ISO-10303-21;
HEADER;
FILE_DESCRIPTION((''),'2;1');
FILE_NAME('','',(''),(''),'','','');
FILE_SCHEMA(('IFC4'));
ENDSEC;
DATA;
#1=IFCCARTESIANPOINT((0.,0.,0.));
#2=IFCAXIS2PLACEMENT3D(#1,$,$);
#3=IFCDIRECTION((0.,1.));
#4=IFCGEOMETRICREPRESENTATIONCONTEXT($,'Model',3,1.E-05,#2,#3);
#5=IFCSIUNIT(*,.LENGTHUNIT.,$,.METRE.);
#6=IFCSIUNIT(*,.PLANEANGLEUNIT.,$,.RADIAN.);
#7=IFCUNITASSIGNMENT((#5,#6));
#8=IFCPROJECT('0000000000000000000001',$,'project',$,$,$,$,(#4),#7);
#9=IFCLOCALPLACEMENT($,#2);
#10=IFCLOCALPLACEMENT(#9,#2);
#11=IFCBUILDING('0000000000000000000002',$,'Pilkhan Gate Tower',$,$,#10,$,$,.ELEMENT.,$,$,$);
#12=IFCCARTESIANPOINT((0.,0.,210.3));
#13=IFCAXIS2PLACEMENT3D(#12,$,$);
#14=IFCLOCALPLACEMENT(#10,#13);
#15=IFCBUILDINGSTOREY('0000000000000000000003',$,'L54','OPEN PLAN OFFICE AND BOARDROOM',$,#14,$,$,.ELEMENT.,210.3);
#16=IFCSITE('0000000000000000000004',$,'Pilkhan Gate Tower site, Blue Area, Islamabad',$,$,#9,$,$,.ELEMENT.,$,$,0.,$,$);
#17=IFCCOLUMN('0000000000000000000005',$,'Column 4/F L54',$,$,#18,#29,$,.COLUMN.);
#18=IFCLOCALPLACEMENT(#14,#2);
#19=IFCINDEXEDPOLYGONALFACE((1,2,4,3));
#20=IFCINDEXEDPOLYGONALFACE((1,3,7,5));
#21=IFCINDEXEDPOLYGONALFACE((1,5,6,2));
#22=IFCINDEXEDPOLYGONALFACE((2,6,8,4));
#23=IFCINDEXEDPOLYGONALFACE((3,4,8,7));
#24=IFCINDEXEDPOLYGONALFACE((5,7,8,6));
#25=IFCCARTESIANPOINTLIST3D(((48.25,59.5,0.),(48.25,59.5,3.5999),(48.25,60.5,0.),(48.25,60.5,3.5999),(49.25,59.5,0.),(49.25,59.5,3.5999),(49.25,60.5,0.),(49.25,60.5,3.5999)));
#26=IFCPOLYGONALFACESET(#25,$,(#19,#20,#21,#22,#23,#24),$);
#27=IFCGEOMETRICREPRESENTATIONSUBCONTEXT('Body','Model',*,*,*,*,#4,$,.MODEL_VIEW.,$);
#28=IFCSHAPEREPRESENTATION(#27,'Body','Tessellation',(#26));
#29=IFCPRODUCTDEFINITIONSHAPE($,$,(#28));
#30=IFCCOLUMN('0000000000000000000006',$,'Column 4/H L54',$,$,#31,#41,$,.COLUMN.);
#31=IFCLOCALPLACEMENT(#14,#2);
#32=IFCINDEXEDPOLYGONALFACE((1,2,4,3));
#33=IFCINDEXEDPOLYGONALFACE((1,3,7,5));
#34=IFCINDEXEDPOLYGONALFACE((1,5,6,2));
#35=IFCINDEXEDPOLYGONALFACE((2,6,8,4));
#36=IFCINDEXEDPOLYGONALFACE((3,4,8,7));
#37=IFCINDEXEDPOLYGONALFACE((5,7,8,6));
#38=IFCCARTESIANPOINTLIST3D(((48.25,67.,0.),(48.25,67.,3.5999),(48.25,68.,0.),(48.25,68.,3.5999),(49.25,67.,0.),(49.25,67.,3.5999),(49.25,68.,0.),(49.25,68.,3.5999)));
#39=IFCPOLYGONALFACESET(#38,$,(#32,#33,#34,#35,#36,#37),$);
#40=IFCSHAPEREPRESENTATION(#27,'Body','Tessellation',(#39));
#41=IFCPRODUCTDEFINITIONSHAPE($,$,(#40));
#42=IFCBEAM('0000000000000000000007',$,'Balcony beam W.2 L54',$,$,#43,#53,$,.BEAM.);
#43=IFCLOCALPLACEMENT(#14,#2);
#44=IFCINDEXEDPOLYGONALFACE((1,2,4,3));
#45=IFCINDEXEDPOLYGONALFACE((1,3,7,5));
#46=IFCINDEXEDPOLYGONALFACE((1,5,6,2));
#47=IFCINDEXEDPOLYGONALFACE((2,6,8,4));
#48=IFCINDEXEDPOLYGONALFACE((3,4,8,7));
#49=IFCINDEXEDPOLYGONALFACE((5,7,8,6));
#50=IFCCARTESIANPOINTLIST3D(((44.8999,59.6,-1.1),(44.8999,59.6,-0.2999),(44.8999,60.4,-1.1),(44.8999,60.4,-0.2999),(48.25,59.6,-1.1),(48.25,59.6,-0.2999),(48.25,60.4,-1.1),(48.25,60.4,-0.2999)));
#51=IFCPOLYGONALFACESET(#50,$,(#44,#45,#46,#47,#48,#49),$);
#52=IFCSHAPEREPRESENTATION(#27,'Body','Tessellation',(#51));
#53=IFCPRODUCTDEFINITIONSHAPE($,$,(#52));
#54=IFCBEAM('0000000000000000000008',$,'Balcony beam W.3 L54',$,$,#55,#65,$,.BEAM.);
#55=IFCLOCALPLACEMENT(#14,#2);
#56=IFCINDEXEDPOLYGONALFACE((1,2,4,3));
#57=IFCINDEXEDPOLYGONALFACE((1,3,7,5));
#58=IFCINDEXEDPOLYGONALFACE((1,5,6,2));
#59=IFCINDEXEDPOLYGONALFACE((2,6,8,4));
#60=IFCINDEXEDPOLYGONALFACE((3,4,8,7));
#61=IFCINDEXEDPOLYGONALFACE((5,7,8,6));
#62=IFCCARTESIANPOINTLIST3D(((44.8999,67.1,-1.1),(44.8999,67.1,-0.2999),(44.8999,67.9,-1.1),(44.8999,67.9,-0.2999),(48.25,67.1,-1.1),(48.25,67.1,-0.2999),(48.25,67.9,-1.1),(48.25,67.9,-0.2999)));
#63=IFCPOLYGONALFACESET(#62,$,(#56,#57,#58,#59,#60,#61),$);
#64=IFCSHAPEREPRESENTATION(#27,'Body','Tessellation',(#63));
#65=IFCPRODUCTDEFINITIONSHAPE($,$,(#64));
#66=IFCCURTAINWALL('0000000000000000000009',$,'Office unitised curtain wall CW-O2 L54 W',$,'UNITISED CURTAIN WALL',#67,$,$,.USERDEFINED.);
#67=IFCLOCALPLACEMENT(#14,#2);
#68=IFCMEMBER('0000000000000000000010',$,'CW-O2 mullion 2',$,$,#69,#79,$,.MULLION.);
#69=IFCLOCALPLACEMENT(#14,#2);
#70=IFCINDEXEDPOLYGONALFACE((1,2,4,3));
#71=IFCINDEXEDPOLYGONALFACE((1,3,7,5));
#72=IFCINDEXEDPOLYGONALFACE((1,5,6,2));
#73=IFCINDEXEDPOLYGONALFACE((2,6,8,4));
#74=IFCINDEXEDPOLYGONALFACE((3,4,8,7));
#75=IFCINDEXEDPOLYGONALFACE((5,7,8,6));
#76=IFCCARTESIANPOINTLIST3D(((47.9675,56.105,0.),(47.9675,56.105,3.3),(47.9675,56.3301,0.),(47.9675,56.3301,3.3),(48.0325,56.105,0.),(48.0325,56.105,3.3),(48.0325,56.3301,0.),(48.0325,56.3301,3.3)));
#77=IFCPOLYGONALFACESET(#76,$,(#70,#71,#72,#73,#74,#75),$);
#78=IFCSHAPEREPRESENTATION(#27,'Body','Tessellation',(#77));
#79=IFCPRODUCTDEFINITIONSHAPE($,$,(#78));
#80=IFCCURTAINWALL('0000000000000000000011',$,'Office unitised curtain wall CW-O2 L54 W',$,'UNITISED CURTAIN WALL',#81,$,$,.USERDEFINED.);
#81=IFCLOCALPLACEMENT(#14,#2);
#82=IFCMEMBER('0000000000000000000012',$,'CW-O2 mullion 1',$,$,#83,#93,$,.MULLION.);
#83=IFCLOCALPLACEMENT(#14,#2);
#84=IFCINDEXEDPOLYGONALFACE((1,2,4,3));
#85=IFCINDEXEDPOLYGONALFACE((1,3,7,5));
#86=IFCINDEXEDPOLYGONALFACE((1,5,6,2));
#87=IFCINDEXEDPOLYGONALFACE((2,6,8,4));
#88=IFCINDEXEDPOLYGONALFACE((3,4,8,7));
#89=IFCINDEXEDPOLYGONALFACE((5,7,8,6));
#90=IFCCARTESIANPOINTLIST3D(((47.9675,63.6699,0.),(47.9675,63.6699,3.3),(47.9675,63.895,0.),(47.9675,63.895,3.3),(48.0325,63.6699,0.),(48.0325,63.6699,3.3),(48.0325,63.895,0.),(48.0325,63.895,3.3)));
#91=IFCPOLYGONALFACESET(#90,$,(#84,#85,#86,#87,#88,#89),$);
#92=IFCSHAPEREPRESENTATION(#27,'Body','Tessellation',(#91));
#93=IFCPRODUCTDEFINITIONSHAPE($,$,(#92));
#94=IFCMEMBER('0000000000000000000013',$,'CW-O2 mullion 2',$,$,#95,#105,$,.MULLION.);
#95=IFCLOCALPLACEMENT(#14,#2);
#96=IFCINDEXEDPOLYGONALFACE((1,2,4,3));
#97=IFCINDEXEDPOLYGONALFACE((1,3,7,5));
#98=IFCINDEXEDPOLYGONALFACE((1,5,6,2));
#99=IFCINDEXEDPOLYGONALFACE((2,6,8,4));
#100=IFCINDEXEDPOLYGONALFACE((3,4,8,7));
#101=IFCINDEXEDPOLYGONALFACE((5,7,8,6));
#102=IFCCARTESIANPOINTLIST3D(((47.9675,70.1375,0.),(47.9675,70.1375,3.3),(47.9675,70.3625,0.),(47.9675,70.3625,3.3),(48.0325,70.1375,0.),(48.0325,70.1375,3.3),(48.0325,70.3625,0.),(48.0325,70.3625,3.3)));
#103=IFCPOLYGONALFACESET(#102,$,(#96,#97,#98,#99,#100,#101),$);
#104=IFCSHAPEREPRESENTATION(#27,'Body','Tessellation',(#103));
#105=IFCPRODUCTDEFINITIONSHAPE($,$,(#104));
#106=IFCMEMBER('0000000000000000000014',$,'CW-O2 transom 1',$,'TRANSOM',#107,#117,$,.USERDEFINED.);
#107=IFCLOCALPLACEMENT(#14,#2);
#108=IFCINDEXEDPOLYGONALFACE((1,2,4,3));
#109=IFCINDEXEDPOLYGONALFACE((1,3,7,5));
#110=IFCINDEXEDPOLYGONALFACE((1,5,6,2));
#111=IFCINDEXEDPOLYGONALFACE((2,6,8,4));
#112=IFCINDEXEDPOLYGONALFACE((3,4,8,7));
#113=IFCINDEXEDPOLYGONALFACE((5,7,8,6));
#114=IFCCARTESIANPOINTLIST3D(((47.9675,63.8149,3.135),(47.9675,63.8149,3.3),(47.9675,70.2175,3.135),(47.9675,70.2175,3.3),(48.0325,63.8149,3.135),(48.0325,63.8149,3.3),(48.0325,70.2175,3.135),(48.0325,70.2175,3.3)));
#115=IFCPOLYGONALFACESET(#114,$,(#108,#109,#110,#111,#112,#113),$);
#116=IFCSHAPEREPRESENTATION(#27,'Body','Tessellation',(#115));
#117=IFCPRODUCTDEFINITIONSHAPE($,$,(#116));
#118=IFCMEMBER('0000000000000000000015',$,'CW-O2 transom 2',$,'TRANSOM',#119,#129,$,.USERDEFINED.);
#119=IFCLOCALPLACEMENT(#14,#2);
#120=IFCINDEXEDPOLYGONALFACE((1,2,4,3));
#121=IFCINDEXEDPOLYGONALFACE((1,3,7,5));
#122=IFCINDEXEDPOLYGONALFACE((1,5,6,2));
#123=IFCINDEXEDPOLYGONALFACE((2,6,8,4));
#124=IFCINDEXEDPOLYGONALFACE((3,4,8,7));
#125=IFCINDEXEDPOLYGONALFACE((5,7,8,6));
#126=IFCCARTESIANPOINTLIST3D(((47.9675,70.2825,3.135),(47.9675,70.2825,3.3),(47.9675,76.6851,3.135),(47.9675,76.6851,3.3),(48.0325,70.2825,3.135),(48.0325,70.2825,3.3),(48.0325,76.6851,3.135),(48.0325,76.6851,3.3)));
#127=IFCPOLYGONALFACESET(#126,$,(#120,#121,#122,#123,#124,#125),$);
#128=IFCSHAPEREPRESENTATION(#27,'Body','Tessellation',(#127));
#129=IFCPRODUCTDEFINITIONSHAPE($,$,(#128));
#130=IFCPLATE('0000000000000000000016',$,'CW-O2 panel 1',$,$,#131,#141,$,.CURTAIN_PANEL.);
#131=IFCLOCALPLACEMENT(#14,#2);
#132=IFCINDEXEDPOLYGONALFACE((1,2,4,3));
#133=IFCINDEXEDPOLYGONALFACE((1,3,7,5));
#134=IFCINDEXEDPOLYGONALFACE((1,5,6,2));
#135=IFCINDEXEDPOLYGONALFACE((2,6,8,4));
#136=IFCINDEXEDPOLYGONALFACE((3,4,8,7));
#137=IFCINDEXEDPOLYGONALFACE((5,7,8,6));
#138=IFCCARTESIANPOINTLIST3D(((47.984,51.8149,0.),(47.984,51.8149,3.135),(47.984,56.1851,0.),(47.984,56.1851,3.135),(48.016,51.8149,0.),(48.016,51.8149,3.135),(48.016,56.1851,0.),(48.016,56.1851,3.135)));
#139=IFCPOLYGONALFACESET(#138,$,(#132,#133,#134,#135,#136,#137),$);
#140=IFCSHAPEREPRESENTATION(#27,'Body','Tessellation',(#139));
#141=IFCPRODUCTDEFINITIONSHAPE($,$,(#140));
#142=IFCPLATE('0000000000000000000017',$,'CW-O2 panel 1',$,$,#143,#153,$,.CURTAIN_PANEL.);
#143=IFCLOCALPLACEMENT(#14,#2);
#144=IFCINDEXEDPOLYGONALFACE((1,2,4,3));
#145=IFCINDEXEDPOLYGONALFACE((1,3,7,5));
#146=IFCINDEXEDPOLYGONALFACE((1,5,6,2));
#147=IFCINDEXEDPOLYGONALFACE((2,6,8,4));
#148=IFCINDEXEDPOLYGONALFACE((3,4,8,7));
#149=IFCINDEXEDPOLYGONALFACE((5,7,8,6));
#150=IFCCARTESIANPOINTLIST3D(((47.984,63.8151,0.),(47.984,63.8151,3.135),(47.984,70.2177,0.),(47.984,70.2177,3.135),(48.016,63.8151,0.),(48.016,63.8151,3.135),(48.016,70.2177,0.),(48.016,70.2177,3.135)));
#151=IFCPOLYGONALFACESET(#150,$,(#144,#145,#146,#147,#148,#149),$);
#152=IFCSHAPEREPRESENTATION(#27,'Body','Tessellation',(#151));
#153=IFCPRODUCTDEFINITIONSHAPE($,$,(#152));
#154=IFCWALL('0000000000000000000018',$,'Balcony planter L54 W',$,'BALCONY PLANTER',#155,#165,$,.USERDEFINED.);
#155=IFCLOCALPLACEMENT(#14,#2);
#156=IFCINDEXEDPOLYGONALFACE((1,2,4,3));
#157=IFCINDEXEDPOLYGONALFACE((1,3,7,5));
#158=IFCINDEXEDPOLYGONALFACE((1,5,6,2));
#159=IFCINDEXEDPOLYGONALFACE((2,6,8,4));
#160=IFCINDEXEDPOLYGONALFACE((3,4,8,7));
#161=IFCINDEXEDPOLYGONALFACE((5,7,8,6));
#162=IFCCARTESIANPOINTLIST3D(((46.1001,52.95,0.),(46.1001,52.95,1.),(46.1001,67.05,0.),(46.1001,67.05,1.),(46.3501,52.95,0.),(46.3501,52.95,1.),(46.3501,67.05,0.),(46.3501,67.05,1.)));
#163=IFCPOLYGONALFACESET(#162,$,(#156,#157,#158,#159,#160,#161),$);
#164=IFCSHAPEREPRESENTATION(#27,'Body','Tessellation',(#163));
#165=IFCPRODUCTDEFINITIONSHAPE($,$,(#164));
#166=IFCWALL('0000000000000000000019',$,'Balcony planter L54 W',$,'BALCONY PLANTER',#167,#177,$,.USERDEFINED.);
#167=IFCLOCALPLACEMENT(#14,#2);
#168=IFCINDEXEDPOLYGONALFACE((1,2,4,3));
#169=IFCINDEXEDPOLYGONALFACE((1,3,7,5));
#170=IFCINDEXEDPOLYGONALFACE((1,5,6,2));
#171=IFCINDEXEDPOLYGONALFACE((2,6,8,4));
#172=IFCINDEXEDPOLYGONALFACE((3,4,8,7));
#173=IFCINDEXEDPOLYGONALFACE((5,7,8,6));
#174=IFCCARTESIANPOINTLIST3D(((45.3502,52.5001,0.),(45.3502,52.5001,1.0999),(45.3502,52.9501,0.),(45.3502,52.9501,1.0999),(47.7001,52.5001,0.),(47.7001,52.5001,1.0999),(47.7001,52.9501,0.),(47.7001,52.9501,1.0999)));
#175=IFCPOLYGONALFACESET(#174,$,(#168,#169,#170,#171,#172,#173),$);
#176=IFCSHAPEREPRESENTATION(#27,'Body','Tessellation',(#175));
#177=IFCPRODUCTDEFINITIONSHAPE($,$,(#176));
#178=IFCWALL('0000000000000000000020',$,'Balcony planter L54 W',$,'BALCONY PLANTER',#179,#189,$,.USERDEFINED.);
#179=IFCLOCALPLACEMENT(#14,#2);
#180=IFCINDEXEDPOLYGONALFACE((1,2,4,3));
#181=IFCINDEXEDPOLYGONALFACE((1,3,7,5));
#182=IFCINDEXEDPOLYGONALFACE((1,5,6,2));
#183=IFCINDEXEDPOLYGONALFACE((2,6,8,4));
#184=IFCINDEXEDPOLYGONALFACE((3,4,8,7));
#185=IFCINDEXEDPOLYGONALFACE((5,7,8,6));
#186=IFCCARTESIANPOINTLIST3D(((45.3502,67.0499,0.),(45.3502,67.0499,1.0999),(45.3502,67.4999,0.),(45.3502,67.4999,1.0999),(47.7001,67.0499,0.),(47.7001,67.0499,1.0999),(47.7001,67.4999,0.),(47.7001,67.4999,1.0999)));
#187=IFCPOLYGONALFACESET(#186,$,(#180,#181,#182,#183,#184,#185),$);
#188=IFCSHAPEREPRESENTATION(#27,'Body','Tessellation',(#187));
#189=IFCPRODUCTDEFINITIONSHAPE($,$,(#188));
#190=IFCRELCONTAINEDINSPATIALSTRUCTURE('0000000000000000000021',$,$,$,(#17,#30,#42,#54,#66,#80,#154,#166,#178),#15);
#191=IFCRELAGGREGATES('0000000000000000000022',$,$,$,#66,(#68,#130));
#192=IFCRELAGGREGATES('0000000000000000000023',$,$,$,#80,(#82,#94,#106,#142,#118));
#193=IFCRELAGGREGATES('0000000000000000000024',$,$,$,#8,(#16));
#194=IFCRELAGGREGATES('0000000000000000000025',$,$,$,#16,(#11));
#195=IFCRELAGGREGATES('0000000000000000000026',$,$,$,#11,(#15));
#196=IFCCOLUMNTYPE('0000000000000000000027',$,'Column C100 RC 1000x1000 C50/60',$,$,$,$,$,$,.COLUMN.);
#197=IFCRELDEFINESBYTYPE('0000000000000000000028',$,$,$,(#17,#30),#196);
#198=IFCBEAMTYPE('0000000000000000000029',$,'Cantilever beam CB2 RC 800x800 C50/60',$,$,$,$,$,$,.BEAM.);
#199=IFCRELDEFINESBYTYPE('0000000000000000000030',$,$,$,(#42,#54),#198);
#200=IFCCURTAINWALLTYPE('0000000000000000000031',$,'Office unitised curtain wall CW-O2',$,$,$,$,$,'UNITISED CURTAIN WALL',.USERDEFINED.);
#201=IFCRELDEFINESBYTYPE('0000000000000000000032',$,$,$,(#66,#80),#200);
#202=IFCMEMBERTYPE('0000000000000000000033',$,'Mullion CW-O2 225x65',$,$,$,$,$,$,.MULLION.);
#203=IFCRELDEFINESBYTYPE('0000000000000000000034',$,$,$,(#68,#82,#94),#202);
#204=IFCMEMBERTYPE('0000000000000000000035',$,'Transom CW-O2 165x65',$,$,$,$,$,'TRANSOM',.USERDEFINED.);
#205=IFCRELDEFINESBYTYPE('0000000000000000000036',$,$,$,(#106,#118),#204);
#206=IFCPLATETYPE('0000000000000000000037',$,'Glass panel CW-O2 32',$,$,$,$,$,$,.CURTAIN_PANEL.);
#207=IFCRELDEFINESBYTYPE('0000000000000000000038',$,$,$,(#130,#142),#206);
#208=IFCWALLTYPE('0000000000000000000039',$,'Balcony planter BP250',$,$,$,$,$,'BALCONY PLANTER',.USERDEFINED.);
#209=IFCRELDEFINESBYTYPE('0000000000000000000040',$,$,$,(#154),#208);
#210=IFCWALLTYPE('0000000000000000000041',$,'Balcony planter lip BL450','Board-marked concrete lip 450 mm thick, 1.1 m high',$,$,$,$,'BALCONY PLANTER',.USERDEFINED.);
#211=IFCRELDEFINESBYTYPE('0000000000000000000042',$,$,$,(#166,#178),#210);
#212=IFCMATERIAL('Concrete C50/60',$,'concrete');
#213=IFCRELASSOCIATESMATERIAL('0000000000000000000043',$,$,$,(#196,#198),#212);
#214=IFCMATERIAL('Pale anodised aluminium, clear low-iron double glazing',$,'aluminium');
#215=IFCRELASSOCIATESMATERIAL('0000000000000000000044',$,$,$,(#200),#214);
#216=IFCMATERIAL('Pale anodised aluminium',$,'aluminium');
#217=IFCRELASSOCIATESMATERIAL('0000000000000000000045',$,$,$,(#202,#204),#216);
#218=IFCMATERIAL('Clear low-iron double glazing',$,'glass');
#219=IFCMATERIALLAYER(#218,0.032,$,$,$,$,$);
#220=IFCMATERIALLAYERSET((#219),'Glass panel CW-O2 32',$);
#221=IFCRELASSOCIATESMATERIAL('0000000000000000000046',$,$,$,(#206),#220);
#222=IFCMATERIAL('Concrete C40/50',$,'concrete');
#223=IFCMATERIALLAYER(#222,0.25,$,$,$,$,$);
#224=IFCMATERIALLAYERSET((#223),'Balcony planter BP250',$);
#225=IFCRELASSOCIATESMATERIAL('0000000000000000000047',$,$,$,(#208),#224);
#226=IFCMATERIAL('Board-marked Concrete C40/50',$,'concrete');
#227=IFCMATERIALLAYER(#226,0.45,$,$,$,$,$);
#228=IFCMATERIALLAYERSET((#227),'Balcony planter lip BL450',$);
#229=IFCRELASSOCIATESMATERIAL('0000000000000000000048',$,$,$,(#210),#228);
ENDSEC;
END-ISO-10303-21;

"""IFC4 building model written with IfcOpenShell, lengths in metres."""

from ifc_helpers import new_model, si_unit, direction, frame, frame_2d, origin, origin_2d, place, context, subcontext, project, spatial, rectangle, extrude, material, layer, layer_set, material_profile, profile_set, type_object, element, aggregate, save


model = new_model("IFC4")

# Units and contexts
model_context = context("Model", 3, precision=1e-05, world=origin(), true_north=direction((0.0, 1.0)))
body_context = subcontext(model_context, "Body", "Model", "MODEL_VIEW")
ifc_project = project(units=[si_unit("LENGTHUNIT", "METRE"), si_unit("PLANEANGLEUNIT", "RADIAN")], contexts=[model_context])

# Site, building, storey
site_placement = place(None, origin())
site = spatial("IfcSite", under=ifc_project, at=site_placement, Name="Pilkhan Gate Tower site, Blue Area, Islamabad", CompositionType="ELEMENT", RefElevation=0.0)
building_placement = place(site_placement, origin())
building = spatial("IfcBuilding", under=site, at=building_placement, Name="Pilkhan Gate Tower", CompositionType="ELEMENT")
storey_placement = place(building_placement, frame((0.0, 0.0, 210.3)))
storey = spatial("IfcBuildingStorey", under=building, at=storey_placement, Name="L54", Description="OPEN PLAN OFFICE AND BOARDROOM", CompositionType="ELEMENT", Elevation=210.3)

# Columns
ifc_material_1 = material(Name="Concrete C50/60", Category="concrete")
ifc_material_profile_1 = material_profile(ifc_material_1, rectangle(XDim=1.0, YDim=1.0, at=origin_2d()), Name="RC 1000x1000")
ifc_profile_set_1 = profile_set([ifc_material_profile_1], Name="Concrete C50/60")
column_type = type_object("IfcColumnType", Name="Column C100 RC 1000x1000 C50/60", PredefinedType="COLUMN", material=ifc_profile_set_1)
for number, where, z_axis, x_axis, name in (
    (1, (48.75, 60.0, 0.0), (0.0, 0.0, 1.0), (1.0, 0.0, 0.0), "Column 4/F L54"),
    (2, (48.75, 67.5, 0.0), (0.0, 0.0, 1.0), (1.0, 0.0, 0.0), "Column 4/H L54"),
):
    element("IfcColumn", number, at=place(storey_placement, frame(where, z_axis=z_axis, x_axis=x_axis)), inside=storey, type_object=column_type, Name=name, PredefinedType="COLUMN", context=body_context, shape_type="SweptSolid", body=[
        extrude(rectangle(XDim=1.0, YDim=1.0, at=origin_2d()), origin(), (0.0, 0.0, 1.0), 3.5999),
    ])

# Beams
ifc_material_profile_2 = material_profile(ifc_material_1, rectangle(XDim=0.8, YDim=0.8, at=origin_2d()), Name="RC 800x800")
ifc_profile_set_2 = profile_set([ifc_material_profile_2], Name="Concrete C50/60")
beam_type = type_object("IfcBeamType", Name="Cantilever beam CB2 RC 800x800 C50/60", PredefinedType="BEAM", material=ifc_profile_set_2)
for number, where, z_axis, x_axis, name in (
    (3, (48.25, 60.0, -0.7), (-1.0, 0.0, 0.0), (0.0, -1.0, 0.0), "Balcony beam W.2 L54"),
    (4, (48.25, 67.5, -0.7), (-1.0, 0.0, 0.0), (0.0, -1.0, 0.0), "Balcony beam W.3 L54"),
):
    element("IfcBeam", number, at=place(storey_placement, frame(where, z_axis=z_axis, x_axis=x_axis)), inside=storey, type_object=beam_type, Name=name, PredefinedType="BEAM", context=body_context, shape_type="SweptSolid", body=[
        extrude(rectangle(XDim=0.8, YDim=0.8, at=origin_2d()), origin(), (0.0, 0.0, 1.0), 3.3501),
    ])

# Curtain wall, member
ifc_material_2 = material(Name="Pale anodised aluminium, clear low-iron double glazing", Category="aluminium")
curtain_wall_type = type_object("IfcCurtainWallType", Name="Office unitised curtain wall CW-O2", ElementType="UNITISED CURTAIN WALL", PredefinedType="USERDEFINED", material=ifc_material_2)
curtain_wall_1_placement = place(storey_placement, origin())
curtain_wall_1 = element("IfcCurtainWall", 5, at=curtain_wall_1_placement, inside=storey, type_object=curtain_wall_type, Name="Office unitised curtain wall CW-O2 L54 W", ObjectType="UNITISED CURTAIN WALL", PredefinedType="USERDEFINED")
ifc_material_3 = material(Name="Pale anodised aluminium", Category="aluminium")
ifc_material_profile_3 = material_profile(ifc_material_3, rectangle(XDim=0.0649, YDim=0.2251, at=origin_2d()), Name="Mullion 225x65")
ifc_profile_set_3 = profile_set([ifc_material_profile_3], Name="Pale anodised aluminium")
member_type_1 = type_object("IfcMemberType", Name="Mullion CW-O2 225x65", PredefinedType="MULLION", material=ifc_profile_set_3)
member_1_placement = place(storey_placement, frame((48.0, 56.2175, 0.0), z_axis=(0.0, 0.0, 1.0), x_axis=(-1.0, 0.0, 0.0)))
member_1 = element("IfcMember", 6, at=member_1_placement, type_object=member_type_1, Name="CW-O2 mullion 2", PredefinedType="MULLION", context=body_context, shape_type="SweptSolid", body=[
    extrude(rectangle(XDim=0.0649, YDim=0.2251, at=origin_2d()), origin(), (0.0, 0.0, 1.0), 3.3),
])

# Curtain wall, members
curtain_wall_2_placement = place(storey_placement, origin())
curtain_wall_2 = element("IfcCurtainWall", 7, at=curtain_wall_2_placement, inside=storey, type_object=curtain_wall_type, Name="Office unitised curtain wall CW-O2 L54 W", ObjectType="UNITISED CURTAIN WALL", PredefinedType="USERDEFINED")
member_2_placement = place(storey_placement, frame((48.0, 63.7825, 0.0), z_axis=(0.0, 0.0, 1.0), x_axis=(-1.0, 0.0, 0.0)))
member_2 = element("IfcMember", 8, at=member_2_placement, type_object=member_type_1, Name="CW-O2 mullion 1", PredefinedType="MULLION", context=body_context, shape_type="SweptSolid", body=[
    extrude(rectangle(XDim=0.0649, YDim=0.2251, at=origin_2d()), origin(), (0.0, 0.0, 1.0), 3.3),
])
member_3_placement = place(storey_placement, frame((48.0, 70.25, 0.0), z_axis=(0.0, 0.0, 1.0), x_axis=(-1.0, 0.0, 0.0)))
member_3 = element("IfcMember", 9, at=member_3_placement, type_object=member_type_1, Name="CW-O2 mullion 2", PredefinedType="MULLION", context=body_context, shape_type="SweptSolid", body=[
    extrude(rectangle(XDim=0.0649, YDim=0.2251, at=origin_2d()), origin(), (0.0, 0.0, 1.0), 3.3),
])
ifc_material_profile_4 = material_profile(ifc_material_3, rectangle(XDim=0.0649, YDim=0.165, at=origin_2d()), Name="Transom 165x65")
ifc_profile_set_4 = profile_set([ifc_material_profile_4], Name="Pale anodised aluminium")
member_type_2 = type_object("IfcMemberType", Name="Transom CW-O2 165x65", ElementType="TRANSOM", PredefinedType="USERDEFINED", material=ifc_profile_set_4)
member_4_placement = place(storey_placement, frame((48.0, 63.8149, 3.2175), z_axis=(0.0, 1.0, 0.0), x_axis=(-1.0, 0.0, 0.0)))
member_4 = element("IfcMember", 10, at=member_4_placement, type_object=member_type_2, Name="CW-O2 transom 1", ObjectType="TRANSOM", PredefinedType="USERDEFINED", context=body_context, shape_type="SweptSolid", body=[
    extrude(rectangle(XDim=0.0649, YDim=0.165, at=origin_2d()), origin(), (0.0, 0.0, 1.0), 6.4026),
])
member_5_placement = place(storey_placement, frame((48.0, 70.2825, 3.2175), z_axis=(0.0, 1.0, 0.0), x_axis=(-1.0, 0.0, 0.0)))
member_5 = element("IfcMember", 11, at=member_5_placement, type_object=member_type_2, Name="CW-O2 transom 2", ObjectType="TRANSOM", PredefinedType="USERDEFINED", context=body_context, shape_type="SweptSolid", body=[
    extrude(rectangle(XDim=0.0649, YDim=0.165, at=origin_2d()), origin(), (0.0, 0.0, 1.0), 6.4026),
])

# Plates
ifc_material_4 = material(Name="Clear low-iron double glazing", Category="glass")
ifc_layer_1 = layer(ifc_material_4, 0.032)
ifc_layer_set_1 = layer_set([ifc_layer_1], Name="Glass panel CW-O2 32")
plate_type = type_object("IfcPlateType", Name="Glass panel CW-O2 32", PredefinedType="CURTAIN_PANEL", material=ifc_layer_set_1)
plate_1_placement = place(storey_placement, frame((48.0, 54.0, 0.0), z_axis=(0.0, 0.0, 1.0), x_axis=(0.0, 1.0, 0.0)))
plate_1 = element("IfcPlate", 12, at=plate_1_placement, type_object=plate_type, Name="CW-O2 panel 1", PredefinedType="CURTAIN_PANEL", context=body_context, shape_type="SweptSolid", body=[
    extrude(rectangle(XDim=4.3701, YDim=0.032, at=origin_2d()), origin(), (0.0, 0.0, 1.0), 3.135),
])
aggregate(curtain_wall_1, [member_1, plate_1])
plate_2_placement = place(storey_placement, frame((48.0, 67.0164, 0.0), z_axis=(0.0, 0.0, 1.0), x_axis=(0.0, 1.0, 0.0)))
plate_2 = element("IfcPlate", 13, at=plate_2_placement, type_object=plate_type, Name="CW-O2 panel 1", PredefinedType="CURTAIN_PANEL", context=body_context, shape_type="SweptSolid", body=[
    extrude(rectangle(XDim=6.4026, YDim=0.032, at=origin_2d()), origin(), (0.0, 0.0, 1.0), 3.135),
])
aggregate(curtain_wall_2, [member_2, member_3, member_4, plate_2, member_5])

# Walls
ifc_material_5 = material(Name="Concrete C40/50", Category="concrete")
ifc_layer_2 = layer(ifc_material_5, 0.25)
ifc_layer_set_2 = layer_set([ifc_layer_2], Name="Balcony planter BP250")
wall_type_1 = type_object("IfcWallType", Name="Balcony planter BP250", ElementType="BALCONY PLANTER", PredefinedType="USERDEFINED", material=ifc_layer_set_2)
wall_1_placement = place(storey_placement, frame((46.2251, 52.95, 0.0), z_axis=(0.0, 0.0, 1.0), x_axis=(0.0, 1.0, 0.0)))
element("IfcWall", 14, at=wall_1_placement, inside=storey, type_object=wall_type_1, Name="Balcony planter L54 W", ObjectType="BALCONY PLANTER", PredefinedType="USERDEFINED", context=body_context, shape_type="SweptSolid", body=[
    extrude(rectangle(XDim=14.1001, YDim=0.25, at=frame_2d((7.05, 0.0))), origin(), (0.0, 0.0, 1.0), 1.0),
])
ifc_material_6 = material(Name="Board-marked Concrete C40/50", Category="concrete")
ifc_layer_3 = layer(ifc_material_6, 0.45)
ifc_layer_set_3 = layer_set([ifc_layer_3], Name="Balcony planter lip BL450")
wall_type_2 = type_object("IfcWallType", Name="Balcony planter lip BL450", Description="Board-marked concrete lip 450 mm thick, 1.1 m high", ElementType="BALCONY PLANTER", PredefinedType="USERDEFINED", material=ifc_layer_set_3)
for number, where, z_axis, x_axis, name in (
    (15, (47.7, 52.7251, 0.0), (0.0, 0.0, 1.0), (-1.0, 0.0, 0.0), "Balcony planter L54 W"),
    (16, (47.7, 67.2749, 0.0), (0.0, 0.0, 1.0), (-1.0, 0.0, 0.0), "Balcony planter L54 W"),
):
    element("IfcWall", number, at=place(storey_placement, frame(where, z_axis=z_axis, x_axis=x_axis)), inside=storey, type_object=wall_type_2, Name=name, ObjectType="BALCONY PLANTER", PredefinedType="USERDEFINED", context=body_context, shape_type="SweptSolid", body=[
        extrude(rectangle(XDim=2.3499, YDim=0.45, at=frame_2d((1.1748, 0.0))), origin(), (0.0, 0.0, 1.0), 1.0999),
    ])

save(model, "model.ifc")
